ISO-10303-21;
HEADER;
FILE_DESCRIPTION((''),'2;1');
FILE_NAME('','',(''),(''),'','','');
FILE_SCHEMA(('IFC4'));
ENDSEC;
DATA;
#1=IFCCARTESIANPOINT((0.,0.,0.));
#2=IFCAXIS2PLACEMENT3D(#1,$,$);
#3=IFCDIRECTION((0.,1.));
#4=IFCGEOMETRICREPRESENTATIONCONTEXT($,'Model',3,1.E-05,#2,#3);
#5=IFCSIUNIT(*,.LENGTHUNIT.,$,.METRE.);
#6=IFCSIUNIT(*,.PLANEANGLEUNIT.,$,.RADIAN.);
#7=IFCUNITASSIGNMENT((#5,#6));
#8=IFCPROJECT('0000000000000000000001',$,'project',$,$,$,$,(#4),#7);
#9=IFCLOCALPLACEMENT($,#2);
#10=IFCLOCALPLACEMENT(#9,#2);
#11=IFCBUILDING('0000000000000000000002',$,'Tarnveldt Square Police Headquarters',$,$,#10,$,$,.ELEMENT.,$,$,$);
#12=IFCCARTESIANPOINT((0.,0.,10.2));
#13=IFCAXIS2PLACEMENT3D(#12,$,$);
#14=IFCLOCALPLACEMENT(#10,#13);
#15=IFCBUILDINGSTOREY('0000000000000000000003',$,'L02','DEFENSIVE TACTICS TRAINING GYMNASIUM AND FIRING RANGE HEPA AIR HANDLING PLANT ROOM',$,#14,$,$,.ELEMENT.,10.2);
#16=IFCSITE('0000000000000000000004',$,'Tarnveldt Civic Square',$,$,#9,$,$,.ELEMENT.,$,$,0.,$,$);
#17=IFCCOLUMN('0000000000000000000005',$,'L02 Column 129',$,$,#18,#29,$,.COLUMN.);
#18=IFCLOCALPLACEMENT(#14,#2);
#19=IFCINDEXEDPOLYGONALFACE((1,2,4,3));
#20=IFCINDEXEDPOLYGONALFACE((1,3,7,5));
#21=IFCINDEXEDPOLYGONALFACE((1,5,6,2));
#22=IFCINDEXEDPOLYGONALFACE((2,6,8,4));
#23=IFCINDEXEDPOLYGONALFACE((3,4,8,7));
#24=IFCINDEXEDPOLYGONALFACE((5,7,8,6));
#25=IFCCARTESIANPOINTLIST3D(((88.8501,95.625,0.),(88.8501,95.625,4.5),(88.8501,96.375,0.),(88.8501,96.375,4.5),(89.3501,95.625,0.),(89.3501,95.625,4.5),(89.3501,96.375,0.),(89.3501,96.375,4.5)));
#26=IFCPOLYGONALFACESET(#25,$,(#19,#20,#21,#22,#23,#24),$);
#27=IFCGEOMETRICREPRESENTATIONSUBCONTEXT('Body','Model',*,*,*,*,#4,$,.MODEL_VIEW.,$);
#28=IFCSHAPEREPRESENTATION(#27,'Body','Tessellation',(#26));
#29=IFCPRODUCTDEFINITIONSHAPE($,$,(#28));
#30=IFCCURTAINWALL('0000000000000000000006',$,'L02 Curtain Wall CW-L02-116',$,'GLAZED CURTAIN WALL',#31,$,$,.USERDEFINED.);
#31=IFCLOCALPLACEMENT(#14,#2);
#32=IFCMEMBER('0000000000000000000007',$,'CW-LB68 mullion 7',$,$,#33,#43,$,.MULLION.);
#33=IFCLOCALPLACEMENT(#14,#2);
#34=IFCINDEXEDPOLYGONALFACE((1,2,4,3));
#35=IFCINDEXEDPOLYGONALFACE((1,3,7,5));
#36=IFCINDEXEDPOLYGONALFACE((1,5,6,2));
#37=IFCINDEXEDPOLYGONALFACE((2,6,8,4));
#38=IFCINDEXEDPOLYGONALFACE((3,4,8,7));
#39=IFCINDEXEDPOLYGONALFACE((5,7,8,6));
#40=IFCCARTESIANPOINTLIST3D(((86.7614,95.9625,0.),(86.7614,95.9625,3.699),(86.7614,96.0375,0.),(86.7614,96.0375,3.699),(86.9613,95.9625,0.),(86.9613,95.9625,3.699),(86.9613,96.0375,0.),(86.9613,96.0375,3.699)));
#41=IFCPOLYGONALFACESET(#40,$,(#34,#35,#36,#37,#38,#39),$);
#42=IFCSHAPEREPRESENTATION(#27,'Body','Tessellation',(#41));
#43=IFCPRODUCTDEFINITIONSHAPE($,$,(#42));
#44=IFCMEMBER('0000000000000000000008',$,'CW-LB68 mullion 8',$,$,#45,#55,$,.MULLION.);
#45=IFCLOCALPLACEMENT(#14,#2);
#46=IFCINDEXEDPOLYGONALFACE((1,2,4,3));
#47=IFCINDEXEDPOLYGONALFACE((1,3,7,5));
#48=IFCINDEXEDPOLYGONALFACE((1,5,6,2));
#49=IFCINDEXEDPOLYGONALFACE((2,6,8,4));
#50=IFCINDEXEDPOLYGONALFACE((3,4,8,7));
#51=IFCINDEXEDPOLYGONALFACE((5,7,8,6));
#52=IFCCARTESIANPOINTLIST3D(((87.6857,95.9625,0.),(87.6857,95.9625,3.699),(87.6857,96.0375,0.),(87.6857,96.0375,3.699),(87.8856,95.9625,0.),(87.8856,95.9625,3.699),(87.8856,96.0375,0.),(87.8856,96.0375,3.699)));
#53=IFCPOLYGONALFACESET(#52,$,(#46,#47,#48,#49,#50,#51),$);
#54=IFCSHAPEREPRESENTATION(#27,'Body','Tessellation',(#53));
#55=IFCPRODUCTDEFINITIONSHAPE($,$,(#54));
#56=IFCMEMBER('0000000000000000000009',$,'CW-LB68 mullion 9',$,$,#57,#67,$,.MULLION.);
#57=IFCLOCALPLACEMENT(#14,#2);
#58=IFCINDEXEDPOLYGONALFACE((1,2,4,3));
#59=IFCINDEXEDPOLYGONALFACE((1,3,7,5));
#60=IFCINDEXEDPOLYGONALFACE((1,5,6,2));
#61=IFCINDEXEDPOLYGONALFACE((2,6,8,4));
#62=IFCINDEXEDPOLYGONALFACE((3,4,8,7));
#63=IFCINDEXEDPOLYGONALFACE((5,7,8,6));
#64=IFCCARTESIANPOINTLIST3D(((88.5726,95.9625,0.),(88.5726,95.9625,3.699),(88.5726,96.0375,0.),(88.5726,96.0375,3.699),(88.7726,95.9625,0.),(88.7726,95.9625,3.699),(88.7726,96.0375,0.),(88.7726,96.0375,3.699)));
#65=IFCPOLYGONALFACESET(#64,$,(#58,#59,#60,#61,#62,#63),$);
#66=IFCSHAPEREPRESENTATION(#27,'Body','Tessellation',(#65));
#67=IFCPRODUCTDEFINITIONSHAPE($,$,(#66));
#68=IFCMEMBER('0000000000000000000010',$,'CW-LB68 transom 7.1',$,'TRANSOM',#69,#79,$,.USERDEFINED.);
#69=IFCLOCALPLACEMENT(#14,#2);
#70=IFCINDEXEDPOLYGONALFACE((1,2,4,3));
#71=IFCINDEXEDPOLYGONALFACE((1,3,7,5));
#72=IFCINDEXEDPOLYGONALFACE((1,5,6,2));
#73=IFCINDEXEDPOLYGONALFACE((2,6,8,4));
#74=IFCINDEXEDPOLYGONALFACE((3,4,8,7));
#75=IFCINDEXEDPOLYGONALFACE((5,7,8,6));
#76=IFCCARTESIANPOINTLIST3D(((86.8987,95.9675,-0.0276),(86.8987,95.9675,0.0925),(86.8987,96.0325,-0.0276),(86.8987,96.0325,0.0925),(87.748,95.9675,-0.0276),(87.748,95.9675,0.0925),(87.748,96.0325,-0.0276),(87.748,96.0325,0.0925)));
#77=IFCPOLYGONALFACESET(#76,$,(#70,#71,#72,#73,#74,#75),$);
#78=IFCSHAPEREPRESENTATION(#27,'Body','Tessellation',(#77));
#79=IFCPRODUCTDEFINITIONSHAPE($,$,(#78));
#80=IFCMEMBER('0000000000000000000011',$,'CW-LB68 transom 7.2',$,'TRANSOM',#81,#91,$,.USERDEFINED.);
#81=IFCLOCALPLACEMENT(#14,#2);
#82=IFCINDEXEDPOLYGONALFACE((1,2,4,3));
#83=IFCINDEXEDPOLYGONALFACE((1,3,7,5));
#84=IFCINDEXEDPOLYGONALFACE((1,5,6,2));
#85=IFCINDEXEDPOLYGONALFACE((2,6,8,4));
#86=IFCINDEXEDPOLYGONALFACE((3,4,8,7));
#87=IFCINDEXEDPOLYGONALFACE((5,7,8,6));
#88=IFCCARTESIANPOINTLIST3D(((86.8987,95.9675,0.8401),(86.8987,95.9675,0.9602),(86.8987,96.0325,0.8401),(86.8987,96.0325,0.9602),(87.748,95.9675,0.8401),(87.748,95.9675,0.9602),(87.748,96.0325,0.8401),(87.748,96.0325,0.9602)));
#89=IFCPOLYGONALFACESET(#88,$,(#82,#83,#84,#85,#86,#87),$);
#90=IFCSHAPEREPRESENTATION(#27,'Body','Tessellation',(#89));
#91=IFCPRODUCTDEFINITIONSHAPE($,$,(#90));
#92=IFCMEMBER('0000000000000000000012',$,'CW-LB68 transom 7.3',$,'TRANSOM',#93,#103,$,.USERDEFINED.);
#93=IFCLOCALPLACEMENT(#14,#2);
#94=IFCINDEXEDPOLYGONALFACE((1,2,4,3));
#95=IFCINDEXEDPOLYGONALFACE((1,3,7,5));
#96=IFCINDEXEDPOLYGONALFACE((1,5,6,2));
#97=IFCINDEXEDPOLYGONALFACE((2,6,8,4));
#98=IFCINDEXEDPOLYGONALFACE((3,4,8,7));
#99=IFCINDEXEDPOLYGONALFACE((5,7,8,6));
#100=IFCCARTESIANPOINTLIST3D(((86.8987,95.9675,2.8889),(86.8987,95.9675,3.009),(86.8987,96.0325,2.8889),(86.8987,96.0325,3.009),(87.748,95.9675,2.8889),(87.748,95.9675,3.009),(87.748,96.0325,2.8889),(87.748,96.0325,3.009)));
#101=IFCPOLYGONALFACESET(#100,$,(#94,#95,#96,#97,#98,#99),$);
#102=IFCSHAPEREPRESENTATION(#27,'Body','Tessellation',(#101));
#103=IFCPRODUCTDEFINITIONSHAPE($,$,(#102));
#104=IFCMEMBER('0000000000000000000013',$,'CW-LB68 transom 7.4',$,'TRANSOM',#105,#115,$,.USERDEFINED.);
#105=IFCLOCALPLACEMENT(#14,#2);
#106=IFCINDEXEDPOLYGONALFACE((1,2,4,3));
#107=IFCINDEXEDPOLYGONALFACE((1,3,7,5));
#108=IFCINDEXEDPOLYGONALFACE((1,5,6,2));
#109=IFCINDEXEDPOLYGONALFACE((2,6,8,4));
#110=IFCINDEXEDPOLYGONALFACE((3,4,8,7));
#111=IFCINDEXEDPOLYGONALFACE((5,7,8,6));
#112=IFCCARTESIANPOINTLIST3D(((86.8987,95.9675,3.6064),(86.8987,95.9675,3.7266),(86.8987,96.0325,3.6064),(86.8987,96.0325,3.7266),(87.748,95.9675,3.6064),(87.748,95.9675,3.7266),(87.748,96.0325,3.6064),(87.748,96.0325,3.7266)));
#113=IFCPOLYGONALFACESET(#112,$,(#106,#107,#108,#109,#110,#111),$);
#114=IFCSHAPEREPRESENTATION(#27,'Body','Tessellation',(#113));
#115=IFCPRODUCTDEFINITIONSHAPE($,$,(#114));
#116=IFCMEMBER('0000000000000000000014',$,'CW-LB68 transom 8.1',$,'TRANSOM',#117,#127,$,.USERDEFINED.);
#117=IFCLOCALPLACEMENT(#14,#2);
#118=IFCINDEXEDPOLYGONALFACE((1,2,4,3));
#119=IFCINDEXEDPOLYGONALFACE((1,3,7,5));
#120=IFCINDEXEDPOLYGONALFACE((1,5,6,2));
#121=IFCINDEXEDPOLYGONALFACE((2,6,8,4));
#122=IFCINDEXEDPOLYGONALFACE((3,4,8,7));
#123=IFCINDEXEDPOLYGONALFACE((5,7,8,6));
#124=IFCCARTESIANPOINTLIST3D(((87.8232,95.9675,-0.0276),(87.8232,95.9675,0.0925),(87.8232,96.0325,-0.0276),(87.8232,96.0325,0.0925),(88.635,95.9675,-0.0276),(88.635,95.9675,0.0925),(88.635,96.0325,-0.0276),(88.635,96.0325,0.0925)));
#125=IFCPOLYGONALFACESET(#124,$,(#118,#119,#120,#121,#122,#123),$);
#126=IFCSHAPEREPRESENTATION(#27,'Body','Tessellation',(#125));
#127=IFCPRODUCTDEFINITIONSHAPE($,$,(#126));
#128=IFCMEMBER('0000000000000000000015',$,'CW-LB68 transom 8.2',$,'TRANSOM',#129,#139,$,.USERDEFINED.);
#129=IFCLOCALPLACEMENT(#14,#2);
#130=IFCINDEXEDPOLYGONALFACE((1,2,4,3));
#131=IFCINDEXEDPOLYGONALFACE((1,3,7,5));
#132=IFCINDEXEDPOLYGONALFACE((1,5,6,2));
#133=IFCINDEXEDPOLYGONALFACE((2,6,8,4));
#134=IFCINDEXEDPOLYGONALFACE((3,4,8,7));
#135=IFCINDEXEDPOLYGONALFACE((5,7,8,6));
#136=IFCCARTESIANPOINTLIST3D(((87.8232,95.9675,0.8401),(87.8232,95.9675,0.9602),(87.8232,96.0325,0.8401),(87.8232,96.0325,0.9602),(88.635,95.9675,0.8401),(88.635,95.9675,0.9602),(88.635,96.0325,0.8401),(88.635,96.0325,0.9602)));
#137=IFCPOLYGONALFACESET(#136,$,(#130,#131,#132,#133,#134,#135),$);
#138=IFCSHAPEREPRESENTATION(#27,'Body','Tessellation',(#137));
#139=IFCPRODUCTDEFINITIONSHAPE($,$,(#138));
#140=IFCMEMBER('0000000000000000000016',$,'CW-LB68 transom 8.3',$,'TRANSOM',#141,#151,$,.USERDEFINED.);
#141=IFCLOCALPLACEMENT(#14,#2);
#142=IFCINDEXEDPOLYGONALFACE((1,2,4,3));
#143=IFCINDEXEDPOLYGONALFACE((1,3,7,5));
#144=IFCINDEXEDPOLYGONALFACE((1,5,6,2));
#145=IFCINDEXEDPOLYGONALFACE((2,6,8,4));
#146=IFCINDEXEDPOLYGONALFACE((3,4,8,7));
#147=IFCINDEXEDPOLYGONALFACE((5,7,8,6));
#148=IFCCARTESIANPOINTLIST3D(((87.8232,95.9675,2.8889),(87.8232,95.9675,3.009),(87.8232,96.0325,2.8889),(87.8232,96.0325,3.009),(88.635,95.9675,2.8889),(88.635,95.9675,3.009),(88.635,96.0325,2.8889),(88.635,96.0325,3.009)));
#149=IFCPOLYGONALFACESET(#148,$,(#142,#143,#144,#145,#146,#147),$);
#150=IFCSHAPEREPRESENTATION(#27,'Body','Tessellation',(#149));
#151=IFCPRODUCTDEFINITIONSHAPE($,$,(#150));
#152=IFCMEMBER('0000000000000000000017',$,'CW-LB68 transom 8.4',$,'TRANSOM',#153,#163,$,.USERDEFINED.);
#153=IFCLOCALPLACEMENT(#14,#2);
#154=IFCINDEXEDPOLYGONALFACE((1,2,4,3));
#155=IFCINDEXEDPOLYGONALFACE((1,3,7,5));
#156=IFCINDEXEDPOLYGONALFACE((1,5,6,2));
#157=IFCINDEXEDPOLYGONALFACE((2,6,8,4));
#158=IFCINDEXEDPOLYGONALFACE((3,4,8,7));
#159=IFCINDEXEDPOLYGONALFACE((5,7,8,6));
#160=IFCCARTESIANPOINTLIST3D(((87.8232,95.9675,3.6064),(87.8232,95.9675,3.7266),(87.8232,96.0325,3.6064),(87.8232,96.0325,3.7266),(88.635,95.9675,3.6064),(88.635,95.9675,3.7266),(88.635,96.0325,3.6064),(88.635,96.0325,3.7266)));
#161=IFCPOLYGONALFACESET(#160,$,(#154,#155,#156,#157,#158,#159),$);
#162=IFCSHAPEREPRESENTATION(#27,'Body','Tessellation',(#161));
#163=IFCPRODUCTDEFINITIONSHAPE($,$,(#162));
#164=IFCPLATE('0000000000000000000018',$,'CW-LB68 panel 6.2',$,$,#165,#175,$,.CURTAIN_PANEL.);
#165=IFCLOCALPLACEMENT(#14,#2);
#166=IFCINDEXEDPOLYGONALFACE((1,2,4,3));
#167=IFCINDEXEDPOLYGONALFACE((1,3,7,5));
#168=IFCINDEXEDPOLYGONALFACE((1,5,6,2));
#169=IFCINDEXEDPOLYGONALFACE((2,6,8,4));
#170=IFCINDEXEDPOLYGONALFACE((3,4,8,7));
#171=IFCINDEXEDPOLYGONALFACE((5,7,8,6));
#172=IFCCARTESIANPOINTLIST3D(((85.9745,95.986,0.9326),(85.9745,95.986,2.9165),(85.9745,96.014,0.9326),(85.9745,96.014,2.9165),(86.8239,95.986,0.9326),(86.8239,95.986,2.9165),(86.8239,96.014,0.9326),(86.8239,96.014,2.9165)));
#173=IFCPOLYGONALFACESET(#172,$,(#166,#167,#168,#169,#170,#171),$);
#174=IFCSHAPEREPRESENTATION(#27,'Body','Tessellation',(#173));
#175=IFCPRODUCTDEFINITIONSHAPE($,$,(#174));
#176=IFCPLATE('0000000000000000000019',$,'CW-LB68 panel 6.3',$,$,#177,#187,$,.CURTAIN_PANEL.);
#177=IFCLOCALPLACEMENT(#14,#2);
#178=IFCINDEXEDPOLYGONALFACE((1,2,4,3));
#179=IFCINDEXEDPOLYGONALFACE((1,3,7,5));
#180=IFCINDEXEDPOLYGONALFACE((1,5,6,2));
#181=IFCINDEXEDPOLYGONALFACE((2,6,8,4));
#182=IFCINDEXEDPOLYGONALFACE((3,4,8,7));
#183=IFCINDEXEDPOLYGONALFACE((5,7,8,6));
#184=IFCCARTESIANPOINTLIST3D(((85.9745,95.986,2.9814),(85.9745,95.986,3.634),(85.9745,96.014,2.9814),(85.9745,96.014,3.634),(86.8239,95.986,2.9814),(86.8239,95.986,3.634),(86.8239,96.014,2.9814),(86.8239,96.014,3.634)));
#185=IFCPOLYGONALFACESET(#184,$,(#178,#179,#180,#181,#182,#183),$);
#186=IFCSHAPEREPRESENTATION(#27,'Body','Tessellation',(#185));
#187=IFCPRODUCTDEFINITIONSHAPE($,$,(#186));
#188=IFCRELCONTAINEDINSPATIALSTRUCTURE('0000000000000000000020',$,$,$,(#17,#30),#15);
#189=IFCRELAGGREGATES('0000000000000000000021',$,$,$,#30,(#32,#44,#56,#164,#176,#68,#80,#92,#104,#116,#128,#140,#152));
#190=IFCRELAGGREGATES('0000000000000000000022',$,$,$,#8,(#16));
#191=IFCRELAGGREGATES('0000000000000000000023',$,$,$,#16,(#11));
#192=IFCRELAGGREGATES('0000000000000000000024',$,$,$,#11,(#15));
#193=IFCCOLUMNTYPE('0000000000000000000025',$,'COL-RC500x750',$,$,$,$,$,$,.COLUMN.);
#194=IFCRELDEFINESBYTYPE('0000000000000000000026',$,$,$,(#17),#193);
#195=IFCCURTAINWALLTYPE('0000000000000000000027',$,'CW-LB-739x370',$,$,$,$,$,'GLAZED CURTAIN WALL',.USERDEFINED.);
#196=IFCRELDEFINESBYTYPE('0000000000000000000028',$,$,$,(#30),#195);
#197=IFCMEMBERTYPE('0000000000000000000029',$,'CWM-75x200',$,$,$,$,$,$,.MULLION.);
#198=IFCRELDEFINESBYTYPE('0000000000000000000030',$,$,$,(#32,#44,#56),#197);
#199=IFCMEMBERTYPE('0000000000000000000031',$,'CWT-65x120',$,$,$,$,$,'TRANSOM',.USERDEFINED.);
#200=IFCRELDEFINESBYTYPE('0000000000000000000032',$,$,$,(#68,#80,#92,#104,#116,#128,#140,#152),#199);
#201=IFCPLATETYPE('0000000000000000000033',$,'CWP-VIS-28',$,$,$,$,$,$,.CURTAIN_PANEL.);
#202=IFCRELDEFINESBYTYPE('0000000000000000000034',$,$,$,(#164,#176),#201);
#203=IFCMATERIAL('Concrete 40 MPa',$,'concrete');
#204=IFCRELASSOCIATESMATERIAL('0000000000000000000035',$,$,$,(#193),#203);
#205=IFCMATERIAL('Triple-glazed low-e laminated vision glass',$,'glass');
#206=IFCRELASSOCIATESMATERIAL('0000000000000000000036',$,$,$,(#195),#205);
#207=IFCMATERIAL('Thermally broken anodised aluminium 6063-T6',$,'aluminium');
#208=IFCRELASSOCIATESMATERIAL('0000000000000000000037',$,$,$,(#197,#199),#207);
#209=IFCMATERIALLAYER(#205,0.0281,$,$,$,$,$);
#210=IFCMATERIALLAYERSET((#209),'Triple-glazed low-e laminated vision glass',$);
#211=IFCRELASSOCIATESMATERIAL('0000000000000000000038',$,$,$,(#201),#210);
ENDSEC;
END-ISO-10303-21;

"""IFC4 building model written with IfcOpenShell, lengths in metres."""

from ifc_helpers import new_model, si_unit, direction, frame, origin, origin_2d, place, context, subcontext, project, spatial, rectangle, extrude, material, layer, layer_set, material_profile, profile_set, type_object, element, aggregate, save


model = new_model("IFC4")

# Units and contexts
model_context = context("Model", 3, precision=1e-05, world=origin(), true_north=direction((0.0, 1.0)))
body_context = subcontext(model_context, "Body", "Model", "MODEL_VIEW")
ifc_project = project(units=[si_unit("LENGTHUNIT", "METRE"), si_unit("PLANEANGLEUNIT", "RADIAN")], contexts=[model_context])

# Site, building, storey
site_placement = place(None, origin())
site = spatial("IfcSite", under=ifc_project, at=site_placement, Name="Tarnveldt Civic Square", CompositionType="ELEMENT", RefElevation=0.0)
building_placement = place(site_placement, origin())
building = spatial("IfcBuilding", under=site, at=building_placement, Name="Tarnveldt Square Police Headquarters", CompositionType="ELEMENT")
storey_placement = place(building_placement, frame((0.0, 0.0, 10.2)))
storey = spatial("IfcBuildingStorey", under=building, at=storey_placement, Name="L02", Description="DEFENSIVE TACTICS TRAINING GYMNASIUM AND FIRING RANGE HEPA AIR HANDLING PLANT ROOM", CompositionType="ELEMENT", Elevation=10.2)

# Column
ifc_material_1 = material(Name="Concrete 40 MPa", Category="concrete")
ifc_material_profile_1 = material_profile(ifc_material_1, rectangle(XDim=0.5, YDim=0.75, at=origin_2d()), Name="RC-C500x750")
ifc_profile_set_1 = profile_set([ifc_material_profile_1], Name="Concrete 40 MPa")
column_type = type_object("IfcColumnType", Name="COL-RC500x750", PredefinedType="COLUMN", material=ifc_profile_set_1)
column_placement = place(storey_placement, frame((89.1001, 96.0, 0.0), z_axis=(0.0, 0.0, 1.0), x_axis=(1.0, 0.0, 0.0)))
element("IfcColumn", 1, at=column_placement, inside=storey, type_object=column_type, Name="L02 Column 129", PredefinedType="COLUMN", context=body_context, shape_type="SweptSolid", body=[
    extrude(rectangle(XDim=0.5, YDim=0.75, at=origin_2d()), origin(), (0.0, 0.0, 1.0), 4.5),
])

# Curtain wall, members, plates
ifc_material_2 = material(Name="Triple-glazed low-e laminated vision glass", Category="glass")
curtain_wall_type = type_object("IfcCurtainWallType", Name="CW-LB-739x370", ElementType="GLAZED CURTAIN WALL", PredefinedType="USERDEFINED", material=ifc_material_2)
curtain_wall_placement = place(storey_placement, origin())
curtain_wall = element("IfcCurtainWall", 2, at=curtain_wall_placement, inside=storey, type_object=curtain_wall_type, Name="L02 Curtain Wall CW-L02-116", ObjectType="GLAZED CURTAIN WALL", PredefinedType="USERDEFINED")
ifc_material_3 = material(Name="Thermally broken anodised aluminium 6063-T6", Category="aluminium")
ifc_material_profile_2 = material_profile(ifc_material_3, rectangle(XDim=0.075, YDim=0.2, at=origin_2d()), Name="CW-M75x200")
ifc_profile_set_2 = profile_set([ifc_material_profile_2], Name="Thermally broken anodised aluminium 6063-T6")
member_type_1 = type_object("IfcMemberType", Name="CWM-75x200", PredefinedType="MULLION", material=ifc_profile_set_2)
member_1_placement = place(storey_placement, frame((86.8613, 96.0, 0.0), z_axis=(0.0, 0.0, 1.0), x_axis=(0.0, 1.0, 0.0)))
member_1 = element("IfcMember", 3, at=member_1_placement, type_object=member_type_1, Name="CW-LB68 mullion 7", PredefinedType="MULLION", context=body_context, shape_type="SweptSolid", body=[
    extrude(rectangle(XDim=0.075, YDim=0.2, at=origin_2d()), origin(), (0.0, 0.0, 1.0), 3.699),
])
member_2_placement = place(storey_placement, frame((87.7856, 96.0, 0.0), z_axis=(0.0, 0.0, 1.0), x_axis=(0.0, 1.0, 0.0)))
member_2 = element("IfcMember", 4, at=member_2_placement, type_object=member_type_1, Name="CW-LB68 mullion 8", PredefinedType="MULLION", context=body_context, shape_type="SweptSolid", body=[
    extrude(rectangle(XDim=0.075, YDim=0.2, at=origin_2d()), origin(), (0.0, 0.0, 1.0), 3.699),
])
member_3_placement = place(storey_placement, frame((88.6726, 96.0, 0.0), z_axis=(0.0, 0.0, 1.0), x_axis=(0.0, 1.0, 0.0)))
member_3 = element("IfcMember", 5, at=member_3_placement, type_object=member_type_1, Name="CW-LB68 mullion 9", PredefinedType="MULLION", context=body_context, shape_type="SweptSolid", body=[
    extrude(rectangle(XDim=0.075, YDim=0.2, at=origin_2d()), origin(), (0.0, 0.0, 1.0), 3.699),
])
ifc_material_profile_3 = material_profile(ifc_material_3, rectangle(XDim=0.0649, YDim=0.1201, at=origin_2d()), Name="CW-T65x120")
ifc_profile_set_3 = profile_set([ifc_material_profile_3], Name="Thermally broken anodised aluminium 6063-T6")
member_type_2 = type_object("IfcMemberType", Name="CWT-65x120", ElementType="TRANSOM", PredefinedType="USERDEFINED", material=ifc_profile_set_3)
member_4_placement = place(storey_placement, frame((86.8987, 96.0, 0.0325), z_axis=(1.0, 0.0, 0.0), x_axis=(0.0, 1.0, 0.0)))
member_4 = element("IfcMember", 6, at=member_4_placement, type_object=member_type_2, Name="CW-LB68 transom 7.1", ObjectType="TRANSOM", PredefinedType="USERDEFINED", context=body_context, shape_type="SweptSolid", body=[
    extrude(rectangle(XDim=0.0649, YDim=0.1201, at=origin_2d()), origin(), (0.0, 0.0, 1.0), 0.8494),
])
member_5_placement = place(storey_placement, frame((86.8987, 96.0, 0.9001), z_axis=(1.0, 0.0, 0.0), x_axis=(0.0, 1.0, 0.0)))
member_5 = element("IfcMember", 7, at=member_5_placement, type_object=member_type_2, Name="CW-LB68 transom 7.2", ObjectType="TRANSOM", PredefinedType="USERDEFINED", context=body_context, shape_type="SweptSolid", body=[
    extrude(rectangle(XDim=0.0649, YDim=0.1201, at=origin_2d()), origin(), (0.0, 0.0, 1.0), 0.8494),
])
member_6_placement = place(storey_placement, frame((86.8987, 96.0, 2.949), z_axis=(1.0, 0.0, 0.0), x_axis=(0.0, 1.0, 0.0)))
member_6 = element("IfcMember", 8, at=member_6_placement, type_object=member_type_2, Name="CW-LB68 transom 7.3", ObjectType="TRANSOM", PredefinedType="USERDEFINED", context=body_context, shape_type="SweptSolid", body=[
    extrude(rectangle(XDim=0.0649, YDim=0.1201, at=origin_2d()), origin(), (0.0, 0.0, 1.0), 0.8494),
])
member_7_placement = place(storey_placement, frame((86.8987, 96.0, 3.6665), z_axis=(1.0, 0.0, 0.0), x_axis=(0.0, 1.0, 0.0)))
member_7 = element("IfcMember", 9, at=member_7_placement, type_object=member_type_2, Name="CW-LB68 transom 7.4", ObjectType="TRANSOM", PredefinedType="USERDEFINED", context=body_context, shape_type="SweptSolid", body=[
    extrude(rectangle(XDim=0.0649, YDim=0.1201, at=origin_2d()), origin(), (0.0, 0.0, 1.0), 0.8494),
])
member_8_placement = place(storey_placement, frame((87.8232, 96.0, 0.0325), z_axis=(1.0, 0.0, 0.0), x_axis=(0.0, 1.0, 0.0)))
member_8 = element("IfcMember", 10, at=member_8_placement, type_object=member_type_2, Name="CW-LB68 transom 8.1", ObjectType="TRANSOM", PredefinedType="USERDEFINED", context=body_context, shape_type="SweptSolid", body=[
    extrude(rectangle(XDim=0.0649, YDim=0.1201, at=origin_2d()), origin(), (0.0, 0.0, 1.0), 0.8118),
])
member_9_placement = place(storey_placement, frame((87.8232, 96.0, 0.9001), z_axis=(1.0, 0.0, 0.0), x_axis=(0.0, 1.0, 0.0)))
member_9 = element("IfcMember", 11, at=member_9_placement, type_object=member_type_2, Name="CW-LB68 transom 8.2", ObjectType="TRANSOM", PredefinedType="USERDEFINED", context=body_context, shape_type="SweptSolid", body=[
    extrude(rectangle(XDim=0.0649, YDim=0.1201, at=origin_2d()), origin(), (0.0, 0.0, 1.0), 0.8118),
])
member_10_placement = place(storey_placement, frame((87.8232, 96.0, 2.949), z_axis=(1.0, 0.0, 0.0), x_axis=(0.0, 1.0, 0.0)))
member_10 = element("IfcMember", 12, at=member_10_placement, type_object=member_type_2, Name="CW-LB68 transom 8.3", ObjectType="TRANSOM", PredefinedType="USERDEFINED", context=body_context, shape_type="SweptSolid", body=[
    extrude(rectangle(XDim=0.0649, YDim=0.1201, at=origin_2d()), origin(), (0.0, 0.0, 1.0), 0.8118),
])
member_11_placement = place(storey_placement, frame((87.8232, 96.0, 3.6665), z_axis=(1.0, 0.0, 0.0), x_axis=(0.0, 1.0, 0.0)))
member_11 = element("IfcMember", 13, at=member_11_placement, type_object=member_type_2, Name="CW-LB68 transom 8.4", ObjectType="TRANSOM", PredefinedType="USERDEFINED", context=body_context, shape_type="SweptSolid", body=[
    extrude(rectangle(XDim=0.0649, YDim=0.1201, at=origin_2d()), origin(), (0.0, 0.0, 1.0), 0.8118),
])
ifc_layer = layer(ifc_material_2, 0.0281)
ifc_layer_set = layer_set([ifc_layer], Name="Triple-glazed low-e laminated vision glass")
plate_type = type_object("IfcPlateType", Name="CWP-VIS-28", PredefinedType="CURTAIN_PANEL", material=ifc_layer_set)
plate_1_placement = place(storey_placement, frame((86.3992, 96.0, 0.9326), z_axis=(0.0, 0.0, 1.0), x_axis=(1.0, 0.0, 0.0)))
plate_1 = element("IfcPlate", 14, at=plate_1_placement, type_object=plate_type, Name="CW-LB68 panel 6.2", PredefinedType="CURTAIN_PANEL", context=body_context, shape_type="SweptSolid", body=[
    extrude(rectangle(XDim=0.8494, YDim=0.0281, at=origin_2d()), origin(), (0.0, 0.0, 1.0), 1.9839),
])
plate_2_placement = place(storey_placement, frame((86.3992, 96.0, 2.9814), z_axis=(0.0, 0.0, 1.0), x_axis=(1.0, 0.0, 0.0)))
plate_2 = element("IfcPlate", 15, at=plate_2_placement, type_object=plate_type, Name="CW-LB68 panel 6.3", PredefinedType="CURTAIN_PANEL", context=body_context, shape_type="SweptSolid", body=[
    extrude(rectangle(XDim=0.8494, YDim=0.0281, at=origin_2d()), origin(), (0.0, 0.0, 1.0), 0.6526),
])
aggregate(curtain_wall, [member_1, member_2, member_3, plate_1, plate_2, member_4, member_5, member_6, member_7, member_8, member_9, member_10, member_11])

save(model, "model.ifc")
